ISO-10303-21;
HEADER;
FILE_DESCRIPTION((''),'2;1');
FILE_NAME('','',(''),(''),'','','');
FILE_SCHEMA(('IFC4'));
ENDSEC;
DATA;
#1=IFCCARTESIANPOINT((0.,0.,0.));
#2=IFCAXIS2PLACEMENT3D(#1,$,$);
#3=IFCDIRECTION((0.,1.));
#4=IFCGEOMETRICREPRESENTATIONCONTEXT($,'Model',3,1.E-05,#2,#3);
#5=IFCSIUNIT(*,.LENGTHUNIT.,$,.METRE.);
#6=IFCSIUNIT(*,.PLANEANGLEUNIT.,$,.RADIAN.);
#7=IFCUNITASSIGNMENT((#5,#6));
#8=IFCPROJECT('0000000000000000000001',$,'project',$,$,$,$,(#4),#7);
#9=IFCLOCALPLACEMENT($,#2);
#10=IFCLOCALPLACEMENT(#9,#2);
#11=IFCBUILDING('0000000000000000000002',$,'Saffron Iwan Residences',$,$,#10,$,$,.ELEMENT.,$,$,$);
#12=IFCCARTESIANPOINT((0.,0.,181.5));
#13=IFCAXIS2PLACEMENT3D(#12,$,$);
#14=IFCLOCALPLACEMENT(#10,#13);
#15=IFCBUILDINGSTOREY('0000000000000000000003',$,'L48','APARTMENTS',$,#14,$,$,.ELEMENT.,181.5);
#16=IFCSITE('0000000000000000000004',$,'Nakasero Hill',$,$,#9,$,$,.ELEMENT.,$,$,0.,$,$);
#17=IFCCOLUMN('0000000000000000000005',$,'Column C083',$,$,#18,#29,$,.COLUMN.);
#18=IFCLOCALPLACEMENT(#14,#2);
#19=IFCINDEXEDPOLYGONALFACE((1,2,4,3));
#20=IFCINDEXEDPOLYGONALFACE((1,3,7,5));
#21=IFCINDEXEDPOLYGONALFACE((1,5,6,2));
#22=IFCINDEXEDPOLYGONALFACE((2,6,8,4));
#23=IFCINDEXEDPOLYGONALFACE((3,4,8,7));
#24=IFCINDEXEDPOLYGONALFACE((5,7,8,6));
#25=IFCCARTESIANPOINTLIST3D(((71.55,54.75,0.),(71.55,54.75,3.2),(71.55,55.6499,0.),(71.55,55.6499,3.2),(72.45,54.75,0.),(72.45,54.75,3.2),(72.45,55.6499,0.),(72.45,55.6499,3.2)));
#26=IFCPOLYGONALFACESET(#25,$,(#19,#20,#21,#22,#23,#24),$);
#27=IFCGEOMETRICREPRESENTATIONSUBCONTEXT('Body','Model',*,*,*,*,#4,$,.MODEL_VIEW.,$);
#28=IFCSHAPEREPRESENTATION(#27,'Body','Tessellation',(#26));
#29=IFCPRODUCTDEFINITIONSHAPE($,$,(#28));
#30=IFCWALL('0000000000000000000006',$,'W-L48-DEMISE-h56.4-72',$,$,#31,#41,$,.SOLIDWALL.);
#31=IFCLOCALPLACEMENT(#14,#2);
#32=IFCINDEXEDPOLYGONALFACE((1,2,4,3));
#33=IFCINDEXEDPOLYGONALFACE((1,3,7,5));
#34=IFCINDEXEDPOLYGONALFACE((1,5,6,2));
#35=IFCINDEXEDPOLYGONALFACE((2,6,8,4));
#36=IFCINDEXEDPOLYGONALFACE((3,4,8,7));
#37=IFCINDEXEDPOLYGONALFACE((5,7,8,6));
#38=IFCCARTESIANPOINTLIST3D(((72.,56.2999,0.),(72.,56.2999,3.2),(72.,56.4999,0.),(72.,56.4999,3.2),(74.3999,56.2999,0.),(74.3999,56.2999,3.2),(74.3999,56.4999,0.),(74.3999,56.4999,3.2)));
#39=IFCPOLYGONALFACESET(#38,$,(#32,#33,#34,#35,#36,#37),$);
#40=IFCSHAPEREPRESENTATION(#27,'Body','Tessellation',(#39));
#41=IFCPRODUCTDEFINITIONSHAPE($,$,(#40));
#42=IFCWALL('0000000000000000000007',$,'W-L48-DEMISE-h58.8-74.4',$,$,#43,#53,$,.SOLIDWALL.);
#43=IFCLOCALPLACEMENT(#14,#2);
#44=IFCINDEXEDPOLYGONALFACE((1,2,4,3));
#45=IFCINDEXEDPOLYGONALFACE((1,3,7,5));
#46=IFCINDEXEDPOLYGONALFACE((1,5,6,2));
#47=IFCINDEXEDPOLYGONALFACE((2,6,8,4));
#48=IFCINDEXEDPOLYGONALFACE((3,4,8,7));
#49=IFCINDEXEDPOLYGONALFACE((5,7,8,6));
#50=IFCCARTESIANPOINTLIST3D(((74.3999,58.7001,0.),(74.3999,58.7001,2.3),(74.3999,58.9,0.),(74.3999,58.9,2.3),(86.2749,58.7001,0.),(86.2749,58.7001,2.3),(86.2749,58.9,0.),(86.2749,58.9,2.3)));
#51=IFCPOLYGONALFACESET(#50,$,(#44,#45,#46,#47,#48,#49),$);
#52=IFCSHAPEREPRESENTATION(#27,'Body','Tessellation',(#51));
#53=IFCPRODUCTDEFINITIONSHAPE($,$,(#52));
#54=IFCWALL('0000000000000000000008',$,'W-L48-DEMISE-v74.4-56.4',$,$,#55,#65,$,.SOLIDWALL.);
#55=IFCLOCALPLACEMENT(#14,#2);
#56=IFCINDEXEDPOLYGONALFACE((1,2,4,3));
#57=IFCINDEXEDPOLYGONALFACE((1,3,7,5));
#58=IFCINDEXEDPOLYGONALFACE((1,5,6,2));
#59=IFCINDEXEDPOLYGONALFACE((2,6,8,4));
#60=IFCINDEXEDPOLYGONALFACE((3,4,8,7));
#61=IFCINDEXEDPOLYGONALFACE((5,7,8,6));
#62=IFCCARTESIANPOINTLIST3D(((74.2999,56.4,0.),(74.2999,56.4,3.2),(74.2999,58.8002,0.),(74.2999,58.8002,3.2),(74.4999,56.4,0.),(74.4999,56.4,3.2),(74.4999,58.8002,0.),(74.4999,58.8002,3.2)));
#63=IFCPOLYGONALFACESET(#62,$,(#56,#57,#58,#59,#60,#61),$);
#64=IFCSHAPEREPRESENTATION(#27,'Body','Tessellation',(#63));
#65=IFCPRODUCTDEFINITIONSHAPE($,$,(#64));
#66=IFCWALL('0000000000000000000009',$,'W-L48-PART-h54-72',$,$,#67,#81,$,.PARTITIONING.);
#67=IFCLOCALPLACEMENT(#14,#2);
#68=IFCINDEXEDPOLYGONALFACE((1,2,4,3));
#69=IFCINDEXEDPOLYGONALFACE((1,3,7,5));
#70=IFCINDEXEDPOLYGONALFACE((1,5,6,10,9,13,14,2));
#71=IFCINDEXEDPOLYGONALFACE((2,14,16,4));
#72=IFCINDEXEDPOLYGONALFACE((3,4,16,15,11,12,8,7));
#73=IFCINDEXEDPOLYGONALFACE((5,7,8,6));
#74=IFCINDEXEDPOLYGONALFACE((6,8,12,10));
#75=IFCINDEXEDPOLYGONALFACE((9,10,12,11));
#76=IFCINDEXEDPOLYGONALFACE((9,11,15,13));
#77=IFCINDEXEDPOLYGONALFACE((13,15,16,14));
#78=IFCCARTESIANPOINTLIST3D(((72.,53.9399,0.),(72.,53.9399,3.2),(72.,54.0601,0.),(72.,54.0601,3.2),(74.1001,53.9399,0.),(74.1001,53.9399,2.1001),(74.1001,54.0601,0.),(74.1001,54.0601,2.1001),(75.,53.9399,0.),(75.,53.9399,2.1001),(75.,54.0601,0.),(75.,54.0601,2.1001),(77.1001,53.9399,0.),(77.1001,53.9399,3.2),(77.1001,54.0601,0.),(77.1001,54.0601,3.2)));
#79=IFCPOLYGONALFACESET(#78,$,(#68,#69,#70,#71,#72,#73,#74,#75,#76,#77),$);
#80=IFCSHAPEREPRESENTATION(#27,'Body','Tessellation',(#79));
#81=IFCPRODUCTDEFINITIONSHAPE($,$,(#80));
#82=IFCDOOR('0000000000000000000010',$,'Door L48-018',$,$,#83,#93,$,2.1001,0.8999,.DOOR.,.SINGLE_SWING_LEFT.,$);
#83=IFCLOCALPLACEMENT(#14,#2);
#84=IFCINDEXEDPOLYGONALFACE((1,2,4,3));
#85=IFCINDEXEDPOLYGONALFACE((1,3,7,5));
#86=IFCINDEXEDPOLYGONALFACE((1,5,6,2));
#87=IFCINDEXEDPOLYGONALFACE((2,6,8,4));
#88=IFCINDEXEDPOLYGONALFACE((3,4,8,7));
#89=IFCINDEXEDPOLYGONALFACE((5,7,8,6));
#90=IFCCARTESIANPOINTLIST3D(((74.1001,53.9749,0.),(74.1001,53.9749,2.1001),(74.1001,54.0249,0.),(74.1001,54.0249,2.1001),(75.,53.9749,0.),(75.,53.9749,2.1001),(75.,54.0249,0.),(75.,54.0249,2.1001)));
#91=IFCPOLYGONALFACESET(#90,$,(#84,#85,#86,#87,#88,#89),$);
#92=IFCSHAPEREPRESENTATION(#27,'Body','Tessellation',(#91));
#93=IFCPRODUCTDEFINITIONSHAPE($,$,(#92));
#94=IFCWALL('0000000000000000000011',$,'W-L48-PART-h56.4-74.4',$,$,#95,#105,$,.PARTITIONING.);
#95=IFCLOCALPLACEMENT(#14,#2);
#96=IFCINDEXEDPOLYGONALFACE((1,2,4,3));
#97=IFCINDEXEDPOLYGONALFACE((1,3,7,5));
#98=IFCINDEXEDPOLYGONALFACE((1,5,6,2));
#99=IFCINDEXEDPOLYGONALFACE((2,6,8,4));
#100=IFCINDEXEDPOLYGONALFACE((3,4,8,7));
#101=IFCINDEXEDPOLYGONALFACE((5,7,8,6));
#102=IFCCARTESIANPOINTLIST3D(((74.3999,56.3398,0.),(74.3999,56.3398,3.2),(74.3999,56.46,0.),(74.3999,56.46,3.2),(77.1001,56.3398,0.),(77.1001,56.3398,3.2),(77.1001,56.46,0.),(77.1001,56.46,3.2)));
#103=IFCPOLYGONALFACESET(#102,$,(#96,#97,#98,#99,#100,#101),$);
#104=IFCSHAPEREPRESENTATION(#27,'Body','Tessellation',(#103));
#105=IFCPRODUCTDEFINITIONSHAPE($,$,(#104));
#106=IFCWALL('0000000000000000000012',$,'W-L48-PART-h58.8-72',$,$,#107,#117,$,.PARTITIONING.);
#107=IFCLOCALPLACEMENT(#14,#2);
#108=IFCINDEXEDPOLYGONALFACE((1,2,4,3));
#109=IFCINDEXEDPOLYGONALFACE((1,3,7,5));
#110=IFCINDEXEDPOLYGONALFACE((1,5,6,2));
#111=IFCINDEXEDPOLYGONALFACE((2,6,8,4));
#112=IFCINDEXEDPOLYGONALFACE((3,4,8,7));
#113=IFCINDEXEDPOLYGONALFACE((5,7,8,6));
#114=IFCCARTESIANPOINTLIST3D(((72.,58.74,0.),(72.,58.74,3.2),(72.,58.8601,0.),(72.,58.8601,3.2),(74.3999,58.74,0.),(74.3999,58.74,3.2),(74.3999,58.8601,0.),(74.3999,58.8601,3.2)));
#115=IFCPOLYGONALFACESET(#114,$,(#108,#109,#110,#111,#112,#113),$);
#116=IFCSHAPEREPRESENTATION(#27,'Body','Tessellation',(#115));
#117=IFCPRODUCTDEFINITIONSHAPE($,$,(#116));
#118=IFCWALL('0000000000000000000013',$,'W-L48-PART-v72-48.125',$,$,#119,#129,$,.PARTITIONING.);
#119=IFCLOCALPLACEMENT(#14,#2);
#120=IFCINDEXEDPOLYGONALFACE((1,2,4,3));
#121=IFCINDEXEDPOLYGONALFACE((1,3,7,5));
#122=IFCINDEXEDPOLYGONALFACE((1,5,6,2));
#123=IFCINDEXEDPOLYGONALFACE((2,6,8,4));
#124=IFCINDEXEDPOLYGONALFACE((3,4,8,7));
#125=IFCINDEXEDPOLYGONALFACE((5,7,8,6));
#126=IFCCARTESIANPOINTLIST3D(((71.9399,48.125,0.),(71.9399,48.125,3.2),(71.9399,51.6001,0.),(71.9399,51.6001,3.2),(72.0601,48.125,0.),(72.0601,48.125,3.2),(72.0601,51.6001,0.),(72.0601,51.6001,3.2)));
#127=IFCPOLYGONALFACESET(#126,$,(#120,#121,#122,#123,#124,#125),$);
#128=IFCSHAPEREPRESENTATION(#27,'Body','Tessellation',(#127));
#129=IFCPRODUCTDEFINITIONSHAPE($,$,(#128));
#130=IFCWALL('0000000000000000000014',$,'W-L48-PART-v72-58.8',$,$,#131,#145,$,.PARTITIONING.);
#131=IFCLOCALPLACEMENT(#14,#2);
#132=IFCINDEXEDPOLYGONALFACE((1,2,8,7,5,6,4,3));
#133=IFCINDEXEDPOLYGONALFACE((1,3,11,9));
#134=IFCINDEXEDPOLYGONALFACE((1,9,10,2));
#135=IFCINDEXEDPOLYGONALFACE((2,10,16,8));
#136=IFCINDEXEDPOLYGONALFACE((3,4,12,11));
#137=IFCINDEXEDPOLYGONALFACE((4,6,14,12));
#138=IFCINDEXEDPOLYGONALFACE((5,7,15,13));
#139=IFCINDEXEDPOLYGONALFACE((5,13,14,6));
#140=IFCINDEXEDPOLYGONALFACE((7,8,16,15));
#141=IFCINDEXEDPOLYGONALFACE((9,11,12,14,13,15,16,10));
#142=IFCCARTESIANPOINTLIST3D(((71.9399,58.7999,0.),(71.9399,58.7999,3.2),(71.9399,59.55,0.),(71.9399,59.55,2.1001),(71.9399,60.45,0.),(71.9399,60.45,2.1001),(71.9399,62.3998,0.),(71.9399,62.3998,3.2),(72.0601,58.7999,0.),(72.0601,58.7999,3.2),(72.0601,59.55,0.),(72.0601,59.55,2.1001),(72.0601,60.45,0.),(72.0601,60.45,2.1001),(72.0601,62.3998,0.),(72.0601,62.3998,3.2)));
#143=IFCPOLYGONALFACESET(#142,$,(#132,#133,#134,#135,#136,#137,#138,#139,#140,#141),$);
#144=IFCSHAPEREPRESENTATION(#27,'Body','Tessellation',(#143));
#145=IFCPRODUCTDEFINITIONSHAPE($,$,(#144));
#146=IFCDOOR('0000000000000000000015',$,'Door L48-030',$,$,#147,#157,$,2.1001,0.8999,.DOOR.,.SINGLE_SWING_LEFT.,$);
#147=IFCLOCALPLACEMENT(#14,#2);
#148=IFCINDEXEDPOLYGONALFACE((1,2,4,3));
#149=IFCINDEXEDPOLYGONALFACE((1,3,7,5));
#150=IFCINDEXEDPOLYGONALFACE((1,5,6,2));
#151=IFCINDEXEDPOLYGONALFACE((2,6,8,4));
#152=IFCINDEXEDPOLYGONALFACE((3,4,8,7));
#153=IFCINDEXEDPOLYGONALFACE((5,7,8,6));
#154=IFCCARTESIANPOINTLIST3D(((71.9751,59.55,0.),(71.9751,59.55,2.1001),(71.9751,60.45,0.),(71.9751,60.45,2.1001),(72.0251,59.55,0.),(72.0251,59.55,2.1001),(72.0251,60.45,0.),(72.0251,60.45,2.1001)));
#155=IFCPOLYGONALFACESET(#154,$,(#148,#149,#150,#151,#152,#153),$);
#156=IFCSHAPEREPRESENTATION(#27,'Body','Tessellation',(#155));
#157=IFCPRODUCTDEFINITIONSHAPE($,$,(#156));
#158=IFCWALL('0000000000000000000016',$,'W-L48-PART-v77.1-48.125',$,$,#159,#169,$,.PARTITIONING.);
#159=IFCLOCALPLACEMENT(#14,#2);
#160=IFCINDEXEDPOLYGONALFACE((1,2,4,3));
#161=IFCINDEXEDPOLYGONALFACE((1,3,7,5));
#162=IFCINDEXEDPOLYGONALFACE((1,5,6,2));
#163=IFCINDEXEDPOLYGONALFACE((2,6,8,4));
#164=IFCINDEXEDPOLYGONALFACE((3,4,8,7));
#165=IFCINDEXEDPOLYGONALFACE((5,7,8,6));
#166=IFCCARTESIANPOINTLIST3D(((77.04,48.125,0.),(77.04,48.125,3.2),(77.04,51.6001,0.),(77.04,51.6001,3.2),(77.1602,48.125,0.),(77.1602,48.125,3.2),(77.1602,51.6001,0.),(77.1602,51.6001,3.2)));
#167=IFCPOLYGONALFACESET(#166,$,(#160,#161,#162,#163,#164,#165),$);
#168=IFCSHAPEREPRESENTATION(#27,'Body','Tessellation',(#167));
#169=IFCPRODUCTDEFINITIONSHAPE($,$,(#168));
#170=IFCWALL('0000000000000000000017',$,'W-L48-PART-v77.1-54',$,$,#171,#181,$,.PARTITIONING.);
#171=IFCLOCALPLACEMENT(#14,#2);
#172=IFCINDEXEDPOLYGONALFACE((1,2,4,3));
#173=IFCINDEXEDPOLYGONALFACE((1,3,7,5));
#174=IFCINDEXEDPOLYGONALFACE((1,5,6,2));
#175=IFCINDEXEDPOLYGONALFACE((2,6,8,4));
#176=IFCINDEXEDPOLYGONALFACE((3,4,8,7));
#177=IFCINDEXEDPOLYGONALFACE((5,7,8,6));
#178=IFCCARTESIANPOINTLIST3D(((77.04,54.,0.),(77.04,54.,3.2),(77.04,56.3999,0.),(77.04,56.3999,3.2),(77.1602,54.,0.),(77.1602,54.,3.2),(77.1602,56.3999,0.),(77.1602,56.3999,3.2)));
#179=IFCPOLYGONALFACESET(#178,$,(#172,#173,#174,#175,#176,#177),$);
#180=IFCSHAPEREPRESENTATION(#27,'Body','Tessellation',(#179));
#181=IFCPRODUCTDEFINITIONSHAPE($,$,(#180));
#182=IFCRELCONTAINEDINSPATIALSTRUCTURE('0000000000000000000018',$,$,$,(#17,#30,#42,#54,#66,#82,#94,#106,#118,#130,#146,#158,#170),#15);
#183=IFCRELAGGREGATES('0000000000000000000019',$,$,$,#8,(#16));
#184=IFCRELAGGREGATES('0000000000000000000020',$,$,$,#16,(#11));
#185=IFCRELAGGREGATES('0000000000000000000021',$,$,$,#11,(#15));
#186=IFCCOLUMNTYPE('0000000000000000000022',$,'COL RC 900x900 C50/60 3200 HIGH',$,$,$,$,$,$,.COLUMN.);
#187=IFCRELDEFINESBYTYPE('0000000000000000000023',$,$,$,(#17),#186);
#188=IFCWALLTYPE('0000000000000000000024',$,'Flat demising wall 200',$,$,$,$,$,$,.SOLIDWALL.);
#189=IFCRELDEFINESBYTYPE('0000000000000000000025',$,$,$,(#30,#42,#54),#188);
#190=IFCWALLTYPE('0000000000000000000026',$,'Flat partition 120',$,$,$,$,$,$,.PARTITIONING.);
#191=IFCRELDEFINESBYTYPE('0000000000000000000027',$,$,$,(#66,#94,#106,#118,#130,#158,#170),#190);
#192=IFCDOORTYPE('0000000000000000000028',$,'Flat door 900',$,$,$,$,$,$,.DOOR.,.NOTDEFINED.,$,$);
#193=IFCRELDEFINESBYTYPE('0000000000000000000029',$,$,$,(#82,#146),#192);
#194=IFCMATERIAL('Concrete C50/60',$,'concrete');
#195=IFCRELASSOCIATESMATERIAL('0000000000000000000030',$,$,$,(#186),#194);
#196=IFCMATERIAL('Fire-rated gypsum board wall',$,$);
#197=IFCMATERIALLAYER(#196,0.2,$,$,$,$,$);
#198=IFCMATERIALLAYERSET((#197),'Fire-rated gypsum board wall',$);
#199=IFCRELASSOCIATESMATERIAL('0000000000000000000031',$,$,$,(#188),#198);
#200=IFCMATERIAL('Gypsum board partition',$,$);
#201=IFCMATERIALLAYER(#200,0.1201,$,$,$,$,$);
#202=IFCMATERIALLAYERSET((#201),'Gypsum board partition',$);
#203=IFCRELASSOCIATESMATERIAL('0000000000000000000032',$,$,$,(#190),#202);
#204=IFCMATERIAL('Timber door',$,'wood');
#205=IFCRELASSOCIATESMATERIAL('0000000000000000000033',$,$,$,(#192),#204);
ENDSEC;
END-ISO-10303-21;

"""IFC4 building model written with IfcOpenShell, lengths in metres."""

from ifc_helpers import new_model, si_unit, direction, frame, frame_2d, origin, origin_2d, place, context, subcontext, project, spatial, rectangle, extrude, source, transform, mapped, material, layer, layer_set, material_profile, profile_set, type_object, element, fill, save


model = new_model("IFC4")

# Units and contexts
model_context = context("Model", 3, precision=1e-05, world=origin(), true_north=direction((0.0, 1.0)))
body_context = subcontext(model_context, "Body", "Model", "MODEL_VIEW")
ifc_project = project(units=[si_unit("LENGTHUNIT", "METRE"), si_unit("PLANEANGLEUNIT", "RADIAN")], contexts=[model_context])

# Site, building, storey
site_placement = place(None, origin())
site = spatial("IfcSite", under=ifc_project, at=site_placement, Name="Nakasero Hill", CompositionType="ELEMENT", RefElevation=0.0)
building_placement = place(site_placement, origin())
building = spatial("IfcBuilding", under=site, at=building_placement, Name="Saffron Iwan Residences", CompositionType="ELEMENT")
storey_placement = place(building_placement, frame((0.0, 0.0, 181.5)))
storey = spatial("IfcBuildingStorey", under=building, at=storey_placement, Name="L48", Description="APARTMENTS", CompositionType="ELEMENT", Elevation=181.5)

# Column
ifc_material_1 = material(Name="Concrete C50/60", Category="concrete")
ifc_material_profile = material_profile(ifc_material_1, rectangle(XDim=0.8999, YDim=0.8999, at=origin_2d()), Name="RC 900x900")
ifc_profile_set = profile_set([ifc_material_profile], Name="Concrete C50/60")
column_type = type_object("IfcColumnType", Name="COL RC 900x900 C50/60 3200 HIGH", PredefinedType="COLUMN", material=ifc_profile_set)
shared_shape = source(origin(), body_context, "Body", "SweptSolid", [
    extrude(rectangle(XDim=0.8999, YDim=0.8999, at=origin_2d()), origin(), (0.0, 0.0, 1.0), 3.2),
])
column_placement = place(storey_placement, frame((72.0, 55.2, 0.0), z_axis=(0.0, 0.0, 1.0), x_axis=(1.0, 0.0, 0.0)))
element("IfcColumn", 1, at=column_placement, inside=storey, type_object=column_type, Name="Column C083", PredefinedType="COLUMN", context=body_context, shape_type="MappedRepresentation", body=[
    mapped(shared_shape, transform((0.0, 0.0, 0.0))),
])

# Walls
ifc_material_2 = material(Name="Fire-rated gypsum board wall")
ifc_layer_1 = layer(ifc_material_2, 0.2)
ifc_layer_set_1 = layer_set([ifc_layer_1], Name="Fire-rated gypsum board wall")
wall_type_1 = type_object("IfcWallType", Name="Flat demising wall 200", PredefinedType="SOLIDWALL", material=ifc_layer_set_1)
wall_1_placement = place(storey_placement, frame((72.0, 56.3999, 0.0), z_axis=(0.0, 0.0, 1.0), x_axis=(1.0, 0.0, 0.0)))
element("IfcWall", 2, at=wall_1_placement, inside=storey, type_object=wall_type_1, Name="W-L48-DEMISE-h56.4-72", PredefinedType="SOLIDWALL", context=body_context, shape_type="SweptSolid", body=[
    extrude(rectangle(XDim=2.3999, YDim=0.2, at=frame_2d((1.2, 0.0))), origin(), (0.0, 0.0, 1.0), 3.2),
])
wall_2_placement = place(storey_placement, frame((74.3999, 58.8, 0.0), z_axis=(0.0, 0.0, 1.0), x_axis=(1.0, 0.0, 0.0)))
element("IfcWall", 3, at=wall_2_placement, inside=storey, type_object=wall_type_1, Name="W-L48-DEMISE-h58.8-74.4", PredefinedType="SOLIDWALL", context=body_context, shape_type="SweptSolid", body=[
    extrude(rectangle(XDim=11.875, YDim=0.2, at=frame_2d((5.9375, 0.0))), origin(), (0.0, 0.0, 1.0), 2.3),
])
wall_3_placement = place(storey_placement, frame((74.3999, 56.3999, 0.0), z_axis=(0.0, 0.0, 1.0), x_axis=(0.0, 1.0, 0.0)))
element("IfcWall", 4, at=wall_3_placement, inside=storey, type_object=wall_type_1, Name="W-L48-DEMISE-v74.4-56.4", PredefinedType="SOLIDWALL", context=body_context, shape_type="SweptSolid", body=[
    extrude(rectangle(XDim=2.4001, YDim=0.2, at=frame_2d((1.2002, 0.0))), origin(), (0.0, 0.0, 1.0), 3.2),
])

# Wall, opening, door
ifc_material_3 = material(Name="Gypsum board partition")
ifc_layer_2 = layer(ifc_material_3, 0.1201)
ifc_layer_set_2 = layer_set([ifc_layer_2], Name="Gypsum board partition")
wall_type_2 = type_object("IfcWallType", Name="Flat partition 120", PredefinedType="PARTITIONING", material=ifc_layer_set_2)
wall_4_placement = place(storey_placement, frame((72.0, 54.0, 0.0), z_axis=(0.0, 0.0, 1.0), x_axis=(1.0, 0.0, 0.0)))
wall_4 = element("IfcWall", 5, at=wall_4_placement, inside=storey, type_object=wall_type_2, Name="W-L48-PART-h54-72", PredefinedType="PARTITIONING", context=body_context, shape_type="SweptSolid", body=[
    extrude(rectangle(XDim=5.1001, YDim=0.1201, at=frame_2d((2.55, 0.0))), origin(), (0.0, 0.0, 1.0), 3.2),
])
opening_1_placement = place(wall_4_placement, frame((2.1001, 0.0, 0.0)))
opening_1 = element("IfcOpeningElement", 6, at=opening_1_placement, cuts=wall_4, PredefinedType="OPENING", context=body_context, shape_type="SweptSolid", body=[
    extrude(rectangle(XDim=0.8999, YDim=2.1001, at=frame_2d((0.45, 1.05))), frame((0.0, 0.0701, 0.0), z_axis=(0.0, -1.0, 0.0), x_axis=(1.0, 0.0, 0.0)), (0.0, 0.0, 1.0), 0.1401),
])
ifc_material_4 = material(Name="Timber door", Category="wood")
door_type = type_object("IfcDoorType", Name="Flat door 900", OperationType="NOTDEFINED", PredefinedType="DOOR", material=ifc_material_4)
door_1_placement = place(opening_1_placement, origin())
door_1 = element("IfcDoor", 7, at=door_1_placement, inside=storey, type_object=door_type, Name="Door L48-018", OperationType="SINGLE_SWING_LEFT", OverallHeight=2.1001, OverallWidth=0.8999, PredefinedType="DOOR", context=body_context, shape_type="SweptSolid", body=[
    extrude(rectangle(XDim=0.8999, YDim=2.1001, at=frame_2d((0.45, 1.05))), frame((0.0, 0.0249, 0.0), z_axis=(0.0, -1.0, 0.0), x_axis=(1.0, 0.0, 0.0)), (0.0, 0.0, 1.0), 0.05),
])
fill(opening_1, door_1)

# Walls
wall_5_placement = place(storey_placement, frame((74.3999, 56.3999, 0.0), z_axis=(0.0, 0.0, 1.0), x_axis=(1.0, 0.0, 0.0)))
element("IfcWall", 8, at=wall_5_placement, inside=storey, type_object=wall_type_2, Name="W-L48-PART-h56.4-74.4", PredefinedType="PARTITIONING", context=body_context, shape_type="SweptSolid", body=[
    extrude(rectangle(XDim=2.7002, YDim=0.1201, at=frame_2d((1.3501, 0.0))), origin(), (0.0, 0.0, 1.0), 3.2),
])
wall_6_placement = place(storey_placement, frame((72.0, 58.8, 0.0), z_axis=(0.0, 0.0, 1.0), x_axis=(1.0, 0.0, 0.0)))
element("IfcWall", 9, at=wall_6_placement, inside=storey, type_object=wall_type_2, Name="W-L48-PART-h58.8-72", PredefinedType="PARTITIONING", context=body_context, shape_type="SweptSolid", body=[
    extrude(rectangle(XDim=2.3999, YDim=0.1201, at=frame_2d((1.2, 0.0))), origin(), (0.0, 0.0, 1.0), 3.2),
])
wall_7_placement = place(storey_placement, frame((72.0, 48.125, 0.0), z_axis=(0.0, 0.0, 1.0), x_axis=(0.0, 1.0, 0.0)))
element("IfcWall", 10, at=wall_7_placement, inside=storey, type_object=wall_type_2, Name="W-L48-PART-v72-48.125", PredefinedType="PARTITIONING", context=body_context, shape_type="SweptSolid", body=[
    extrude(rectangle(XDim=3.4751, YDim=0.1201, at=frame_2d((1.7375, 0.0))), origin(), (0.0, 0.0, 1.0), 3.2),
])

# Wall, opening, door
wall_8_placement = place(storey_placement, frame((72.0, 58.8, 0.0), z_axis=(0.0, 0.0, 1.0), x_axis=(0.0, 1.0, 0.0)))
wall_8 = element("IfcWall", 11, at=wall_8_placement, inside=storey, type_object=wall_type_2, Name="W-L48-PART-v72-58.8", PredefinedType="PARTITIONING", context=body_context, shape_type="SweptSolid", body=[
    extrude(rectangle(XDim=3.5999, YDim=0.1201, at=frame_2d((1.7998, 0.0))), origin(), (0.0, 0.0, 1.0), 3.2),
])
opening_2_placement = place(wall_8_placement, frame((0.75, 0.0, 0.0)))
opening_2 = element("IfcOpeningElement", 12, at=opening_2_placement, cuts=wall_8, PredefinedType="OPENING", context=body_context, shape_type="SweptSolid", body=[
    extrude(rectangle(XDim=0.8999, YDim=2.1001, at=frame_2d((0.45, 1.05))), frame((0.0, 0.0701, 0.0), z_axis=(0.0, -1.0, 0.0), x_axis=(1.0, 0.0, 0.0)), (0.0, 0.0, 1.0), 0.1401),
])
door_2_placement = place(opening_2_placement, origin())
door_2 = element("IfcDoor", 13, at=door_2_placement, inside=storey, type_object=door_type, Name="Door L48-030", OperationType="SINGLE_SWING_LEFT", OverallHeight=2.1001, OverallWidth=0.8999, PredefinedType="DOOR", context=body_context, shape_type="SweptSolid", body=[
    extrude(rectangle(XDim=0.8999, YDim=2.1001, at=frame_2d((0.45, 1.05))), frame((0.0, 0.0249, 0.0), z_axis=(0.0, -1.0, 0.0), x_axis=(1.0, 0.0, 0.0)), (0.0, 0.0, 1.0), 0.05),
])
fill(opening_2, door_2)

# Walls
wall_9_placement = place(storey_placement, frame((77.1001, 48.125, 0.0), z_axis=(0.0, 0.0, 1.0), x_axis=(0.0, 1.0, 0.0)))
element("IfcWall", 14, at=wall_9_placement, inside=storey, type_object=wall_type_2, Name="W-L48-PART-v77.1-48.125", PredefinedType="PARTITIONING", context=body_context, shape_type="SweptSolid", body=[
    extrude(rectangle(XDim=3.4751, YDim=0.1201, at=frame_2d((1.7375, 0.0))), origin(), (0.0, 0.0, 1.0), 3.2),
])
wall_10_placement = place(storey_placement, frame((77.1001, 54.0, 0.0), z_axis=(0.0, 0.0, 1.0), x_axis=(0.0, 1.0, 0.0)))
element("IfcWall", 15, at=wall_10_placement, inside=storey, type_object=wall_type_2, Name="W-L48-PART-v77.1-54", PredefinedType="PARTITIONING", context=body_context, shape_type="SweptSolid", body=[
    extrude(rectangle(XDim=2.3999, YDim=0.1201, at=frame_2d((1.2, 0.0))), origin(), (0.0, 0.0, 1.0), 3.2),
])

save(model, "model.ifc")
